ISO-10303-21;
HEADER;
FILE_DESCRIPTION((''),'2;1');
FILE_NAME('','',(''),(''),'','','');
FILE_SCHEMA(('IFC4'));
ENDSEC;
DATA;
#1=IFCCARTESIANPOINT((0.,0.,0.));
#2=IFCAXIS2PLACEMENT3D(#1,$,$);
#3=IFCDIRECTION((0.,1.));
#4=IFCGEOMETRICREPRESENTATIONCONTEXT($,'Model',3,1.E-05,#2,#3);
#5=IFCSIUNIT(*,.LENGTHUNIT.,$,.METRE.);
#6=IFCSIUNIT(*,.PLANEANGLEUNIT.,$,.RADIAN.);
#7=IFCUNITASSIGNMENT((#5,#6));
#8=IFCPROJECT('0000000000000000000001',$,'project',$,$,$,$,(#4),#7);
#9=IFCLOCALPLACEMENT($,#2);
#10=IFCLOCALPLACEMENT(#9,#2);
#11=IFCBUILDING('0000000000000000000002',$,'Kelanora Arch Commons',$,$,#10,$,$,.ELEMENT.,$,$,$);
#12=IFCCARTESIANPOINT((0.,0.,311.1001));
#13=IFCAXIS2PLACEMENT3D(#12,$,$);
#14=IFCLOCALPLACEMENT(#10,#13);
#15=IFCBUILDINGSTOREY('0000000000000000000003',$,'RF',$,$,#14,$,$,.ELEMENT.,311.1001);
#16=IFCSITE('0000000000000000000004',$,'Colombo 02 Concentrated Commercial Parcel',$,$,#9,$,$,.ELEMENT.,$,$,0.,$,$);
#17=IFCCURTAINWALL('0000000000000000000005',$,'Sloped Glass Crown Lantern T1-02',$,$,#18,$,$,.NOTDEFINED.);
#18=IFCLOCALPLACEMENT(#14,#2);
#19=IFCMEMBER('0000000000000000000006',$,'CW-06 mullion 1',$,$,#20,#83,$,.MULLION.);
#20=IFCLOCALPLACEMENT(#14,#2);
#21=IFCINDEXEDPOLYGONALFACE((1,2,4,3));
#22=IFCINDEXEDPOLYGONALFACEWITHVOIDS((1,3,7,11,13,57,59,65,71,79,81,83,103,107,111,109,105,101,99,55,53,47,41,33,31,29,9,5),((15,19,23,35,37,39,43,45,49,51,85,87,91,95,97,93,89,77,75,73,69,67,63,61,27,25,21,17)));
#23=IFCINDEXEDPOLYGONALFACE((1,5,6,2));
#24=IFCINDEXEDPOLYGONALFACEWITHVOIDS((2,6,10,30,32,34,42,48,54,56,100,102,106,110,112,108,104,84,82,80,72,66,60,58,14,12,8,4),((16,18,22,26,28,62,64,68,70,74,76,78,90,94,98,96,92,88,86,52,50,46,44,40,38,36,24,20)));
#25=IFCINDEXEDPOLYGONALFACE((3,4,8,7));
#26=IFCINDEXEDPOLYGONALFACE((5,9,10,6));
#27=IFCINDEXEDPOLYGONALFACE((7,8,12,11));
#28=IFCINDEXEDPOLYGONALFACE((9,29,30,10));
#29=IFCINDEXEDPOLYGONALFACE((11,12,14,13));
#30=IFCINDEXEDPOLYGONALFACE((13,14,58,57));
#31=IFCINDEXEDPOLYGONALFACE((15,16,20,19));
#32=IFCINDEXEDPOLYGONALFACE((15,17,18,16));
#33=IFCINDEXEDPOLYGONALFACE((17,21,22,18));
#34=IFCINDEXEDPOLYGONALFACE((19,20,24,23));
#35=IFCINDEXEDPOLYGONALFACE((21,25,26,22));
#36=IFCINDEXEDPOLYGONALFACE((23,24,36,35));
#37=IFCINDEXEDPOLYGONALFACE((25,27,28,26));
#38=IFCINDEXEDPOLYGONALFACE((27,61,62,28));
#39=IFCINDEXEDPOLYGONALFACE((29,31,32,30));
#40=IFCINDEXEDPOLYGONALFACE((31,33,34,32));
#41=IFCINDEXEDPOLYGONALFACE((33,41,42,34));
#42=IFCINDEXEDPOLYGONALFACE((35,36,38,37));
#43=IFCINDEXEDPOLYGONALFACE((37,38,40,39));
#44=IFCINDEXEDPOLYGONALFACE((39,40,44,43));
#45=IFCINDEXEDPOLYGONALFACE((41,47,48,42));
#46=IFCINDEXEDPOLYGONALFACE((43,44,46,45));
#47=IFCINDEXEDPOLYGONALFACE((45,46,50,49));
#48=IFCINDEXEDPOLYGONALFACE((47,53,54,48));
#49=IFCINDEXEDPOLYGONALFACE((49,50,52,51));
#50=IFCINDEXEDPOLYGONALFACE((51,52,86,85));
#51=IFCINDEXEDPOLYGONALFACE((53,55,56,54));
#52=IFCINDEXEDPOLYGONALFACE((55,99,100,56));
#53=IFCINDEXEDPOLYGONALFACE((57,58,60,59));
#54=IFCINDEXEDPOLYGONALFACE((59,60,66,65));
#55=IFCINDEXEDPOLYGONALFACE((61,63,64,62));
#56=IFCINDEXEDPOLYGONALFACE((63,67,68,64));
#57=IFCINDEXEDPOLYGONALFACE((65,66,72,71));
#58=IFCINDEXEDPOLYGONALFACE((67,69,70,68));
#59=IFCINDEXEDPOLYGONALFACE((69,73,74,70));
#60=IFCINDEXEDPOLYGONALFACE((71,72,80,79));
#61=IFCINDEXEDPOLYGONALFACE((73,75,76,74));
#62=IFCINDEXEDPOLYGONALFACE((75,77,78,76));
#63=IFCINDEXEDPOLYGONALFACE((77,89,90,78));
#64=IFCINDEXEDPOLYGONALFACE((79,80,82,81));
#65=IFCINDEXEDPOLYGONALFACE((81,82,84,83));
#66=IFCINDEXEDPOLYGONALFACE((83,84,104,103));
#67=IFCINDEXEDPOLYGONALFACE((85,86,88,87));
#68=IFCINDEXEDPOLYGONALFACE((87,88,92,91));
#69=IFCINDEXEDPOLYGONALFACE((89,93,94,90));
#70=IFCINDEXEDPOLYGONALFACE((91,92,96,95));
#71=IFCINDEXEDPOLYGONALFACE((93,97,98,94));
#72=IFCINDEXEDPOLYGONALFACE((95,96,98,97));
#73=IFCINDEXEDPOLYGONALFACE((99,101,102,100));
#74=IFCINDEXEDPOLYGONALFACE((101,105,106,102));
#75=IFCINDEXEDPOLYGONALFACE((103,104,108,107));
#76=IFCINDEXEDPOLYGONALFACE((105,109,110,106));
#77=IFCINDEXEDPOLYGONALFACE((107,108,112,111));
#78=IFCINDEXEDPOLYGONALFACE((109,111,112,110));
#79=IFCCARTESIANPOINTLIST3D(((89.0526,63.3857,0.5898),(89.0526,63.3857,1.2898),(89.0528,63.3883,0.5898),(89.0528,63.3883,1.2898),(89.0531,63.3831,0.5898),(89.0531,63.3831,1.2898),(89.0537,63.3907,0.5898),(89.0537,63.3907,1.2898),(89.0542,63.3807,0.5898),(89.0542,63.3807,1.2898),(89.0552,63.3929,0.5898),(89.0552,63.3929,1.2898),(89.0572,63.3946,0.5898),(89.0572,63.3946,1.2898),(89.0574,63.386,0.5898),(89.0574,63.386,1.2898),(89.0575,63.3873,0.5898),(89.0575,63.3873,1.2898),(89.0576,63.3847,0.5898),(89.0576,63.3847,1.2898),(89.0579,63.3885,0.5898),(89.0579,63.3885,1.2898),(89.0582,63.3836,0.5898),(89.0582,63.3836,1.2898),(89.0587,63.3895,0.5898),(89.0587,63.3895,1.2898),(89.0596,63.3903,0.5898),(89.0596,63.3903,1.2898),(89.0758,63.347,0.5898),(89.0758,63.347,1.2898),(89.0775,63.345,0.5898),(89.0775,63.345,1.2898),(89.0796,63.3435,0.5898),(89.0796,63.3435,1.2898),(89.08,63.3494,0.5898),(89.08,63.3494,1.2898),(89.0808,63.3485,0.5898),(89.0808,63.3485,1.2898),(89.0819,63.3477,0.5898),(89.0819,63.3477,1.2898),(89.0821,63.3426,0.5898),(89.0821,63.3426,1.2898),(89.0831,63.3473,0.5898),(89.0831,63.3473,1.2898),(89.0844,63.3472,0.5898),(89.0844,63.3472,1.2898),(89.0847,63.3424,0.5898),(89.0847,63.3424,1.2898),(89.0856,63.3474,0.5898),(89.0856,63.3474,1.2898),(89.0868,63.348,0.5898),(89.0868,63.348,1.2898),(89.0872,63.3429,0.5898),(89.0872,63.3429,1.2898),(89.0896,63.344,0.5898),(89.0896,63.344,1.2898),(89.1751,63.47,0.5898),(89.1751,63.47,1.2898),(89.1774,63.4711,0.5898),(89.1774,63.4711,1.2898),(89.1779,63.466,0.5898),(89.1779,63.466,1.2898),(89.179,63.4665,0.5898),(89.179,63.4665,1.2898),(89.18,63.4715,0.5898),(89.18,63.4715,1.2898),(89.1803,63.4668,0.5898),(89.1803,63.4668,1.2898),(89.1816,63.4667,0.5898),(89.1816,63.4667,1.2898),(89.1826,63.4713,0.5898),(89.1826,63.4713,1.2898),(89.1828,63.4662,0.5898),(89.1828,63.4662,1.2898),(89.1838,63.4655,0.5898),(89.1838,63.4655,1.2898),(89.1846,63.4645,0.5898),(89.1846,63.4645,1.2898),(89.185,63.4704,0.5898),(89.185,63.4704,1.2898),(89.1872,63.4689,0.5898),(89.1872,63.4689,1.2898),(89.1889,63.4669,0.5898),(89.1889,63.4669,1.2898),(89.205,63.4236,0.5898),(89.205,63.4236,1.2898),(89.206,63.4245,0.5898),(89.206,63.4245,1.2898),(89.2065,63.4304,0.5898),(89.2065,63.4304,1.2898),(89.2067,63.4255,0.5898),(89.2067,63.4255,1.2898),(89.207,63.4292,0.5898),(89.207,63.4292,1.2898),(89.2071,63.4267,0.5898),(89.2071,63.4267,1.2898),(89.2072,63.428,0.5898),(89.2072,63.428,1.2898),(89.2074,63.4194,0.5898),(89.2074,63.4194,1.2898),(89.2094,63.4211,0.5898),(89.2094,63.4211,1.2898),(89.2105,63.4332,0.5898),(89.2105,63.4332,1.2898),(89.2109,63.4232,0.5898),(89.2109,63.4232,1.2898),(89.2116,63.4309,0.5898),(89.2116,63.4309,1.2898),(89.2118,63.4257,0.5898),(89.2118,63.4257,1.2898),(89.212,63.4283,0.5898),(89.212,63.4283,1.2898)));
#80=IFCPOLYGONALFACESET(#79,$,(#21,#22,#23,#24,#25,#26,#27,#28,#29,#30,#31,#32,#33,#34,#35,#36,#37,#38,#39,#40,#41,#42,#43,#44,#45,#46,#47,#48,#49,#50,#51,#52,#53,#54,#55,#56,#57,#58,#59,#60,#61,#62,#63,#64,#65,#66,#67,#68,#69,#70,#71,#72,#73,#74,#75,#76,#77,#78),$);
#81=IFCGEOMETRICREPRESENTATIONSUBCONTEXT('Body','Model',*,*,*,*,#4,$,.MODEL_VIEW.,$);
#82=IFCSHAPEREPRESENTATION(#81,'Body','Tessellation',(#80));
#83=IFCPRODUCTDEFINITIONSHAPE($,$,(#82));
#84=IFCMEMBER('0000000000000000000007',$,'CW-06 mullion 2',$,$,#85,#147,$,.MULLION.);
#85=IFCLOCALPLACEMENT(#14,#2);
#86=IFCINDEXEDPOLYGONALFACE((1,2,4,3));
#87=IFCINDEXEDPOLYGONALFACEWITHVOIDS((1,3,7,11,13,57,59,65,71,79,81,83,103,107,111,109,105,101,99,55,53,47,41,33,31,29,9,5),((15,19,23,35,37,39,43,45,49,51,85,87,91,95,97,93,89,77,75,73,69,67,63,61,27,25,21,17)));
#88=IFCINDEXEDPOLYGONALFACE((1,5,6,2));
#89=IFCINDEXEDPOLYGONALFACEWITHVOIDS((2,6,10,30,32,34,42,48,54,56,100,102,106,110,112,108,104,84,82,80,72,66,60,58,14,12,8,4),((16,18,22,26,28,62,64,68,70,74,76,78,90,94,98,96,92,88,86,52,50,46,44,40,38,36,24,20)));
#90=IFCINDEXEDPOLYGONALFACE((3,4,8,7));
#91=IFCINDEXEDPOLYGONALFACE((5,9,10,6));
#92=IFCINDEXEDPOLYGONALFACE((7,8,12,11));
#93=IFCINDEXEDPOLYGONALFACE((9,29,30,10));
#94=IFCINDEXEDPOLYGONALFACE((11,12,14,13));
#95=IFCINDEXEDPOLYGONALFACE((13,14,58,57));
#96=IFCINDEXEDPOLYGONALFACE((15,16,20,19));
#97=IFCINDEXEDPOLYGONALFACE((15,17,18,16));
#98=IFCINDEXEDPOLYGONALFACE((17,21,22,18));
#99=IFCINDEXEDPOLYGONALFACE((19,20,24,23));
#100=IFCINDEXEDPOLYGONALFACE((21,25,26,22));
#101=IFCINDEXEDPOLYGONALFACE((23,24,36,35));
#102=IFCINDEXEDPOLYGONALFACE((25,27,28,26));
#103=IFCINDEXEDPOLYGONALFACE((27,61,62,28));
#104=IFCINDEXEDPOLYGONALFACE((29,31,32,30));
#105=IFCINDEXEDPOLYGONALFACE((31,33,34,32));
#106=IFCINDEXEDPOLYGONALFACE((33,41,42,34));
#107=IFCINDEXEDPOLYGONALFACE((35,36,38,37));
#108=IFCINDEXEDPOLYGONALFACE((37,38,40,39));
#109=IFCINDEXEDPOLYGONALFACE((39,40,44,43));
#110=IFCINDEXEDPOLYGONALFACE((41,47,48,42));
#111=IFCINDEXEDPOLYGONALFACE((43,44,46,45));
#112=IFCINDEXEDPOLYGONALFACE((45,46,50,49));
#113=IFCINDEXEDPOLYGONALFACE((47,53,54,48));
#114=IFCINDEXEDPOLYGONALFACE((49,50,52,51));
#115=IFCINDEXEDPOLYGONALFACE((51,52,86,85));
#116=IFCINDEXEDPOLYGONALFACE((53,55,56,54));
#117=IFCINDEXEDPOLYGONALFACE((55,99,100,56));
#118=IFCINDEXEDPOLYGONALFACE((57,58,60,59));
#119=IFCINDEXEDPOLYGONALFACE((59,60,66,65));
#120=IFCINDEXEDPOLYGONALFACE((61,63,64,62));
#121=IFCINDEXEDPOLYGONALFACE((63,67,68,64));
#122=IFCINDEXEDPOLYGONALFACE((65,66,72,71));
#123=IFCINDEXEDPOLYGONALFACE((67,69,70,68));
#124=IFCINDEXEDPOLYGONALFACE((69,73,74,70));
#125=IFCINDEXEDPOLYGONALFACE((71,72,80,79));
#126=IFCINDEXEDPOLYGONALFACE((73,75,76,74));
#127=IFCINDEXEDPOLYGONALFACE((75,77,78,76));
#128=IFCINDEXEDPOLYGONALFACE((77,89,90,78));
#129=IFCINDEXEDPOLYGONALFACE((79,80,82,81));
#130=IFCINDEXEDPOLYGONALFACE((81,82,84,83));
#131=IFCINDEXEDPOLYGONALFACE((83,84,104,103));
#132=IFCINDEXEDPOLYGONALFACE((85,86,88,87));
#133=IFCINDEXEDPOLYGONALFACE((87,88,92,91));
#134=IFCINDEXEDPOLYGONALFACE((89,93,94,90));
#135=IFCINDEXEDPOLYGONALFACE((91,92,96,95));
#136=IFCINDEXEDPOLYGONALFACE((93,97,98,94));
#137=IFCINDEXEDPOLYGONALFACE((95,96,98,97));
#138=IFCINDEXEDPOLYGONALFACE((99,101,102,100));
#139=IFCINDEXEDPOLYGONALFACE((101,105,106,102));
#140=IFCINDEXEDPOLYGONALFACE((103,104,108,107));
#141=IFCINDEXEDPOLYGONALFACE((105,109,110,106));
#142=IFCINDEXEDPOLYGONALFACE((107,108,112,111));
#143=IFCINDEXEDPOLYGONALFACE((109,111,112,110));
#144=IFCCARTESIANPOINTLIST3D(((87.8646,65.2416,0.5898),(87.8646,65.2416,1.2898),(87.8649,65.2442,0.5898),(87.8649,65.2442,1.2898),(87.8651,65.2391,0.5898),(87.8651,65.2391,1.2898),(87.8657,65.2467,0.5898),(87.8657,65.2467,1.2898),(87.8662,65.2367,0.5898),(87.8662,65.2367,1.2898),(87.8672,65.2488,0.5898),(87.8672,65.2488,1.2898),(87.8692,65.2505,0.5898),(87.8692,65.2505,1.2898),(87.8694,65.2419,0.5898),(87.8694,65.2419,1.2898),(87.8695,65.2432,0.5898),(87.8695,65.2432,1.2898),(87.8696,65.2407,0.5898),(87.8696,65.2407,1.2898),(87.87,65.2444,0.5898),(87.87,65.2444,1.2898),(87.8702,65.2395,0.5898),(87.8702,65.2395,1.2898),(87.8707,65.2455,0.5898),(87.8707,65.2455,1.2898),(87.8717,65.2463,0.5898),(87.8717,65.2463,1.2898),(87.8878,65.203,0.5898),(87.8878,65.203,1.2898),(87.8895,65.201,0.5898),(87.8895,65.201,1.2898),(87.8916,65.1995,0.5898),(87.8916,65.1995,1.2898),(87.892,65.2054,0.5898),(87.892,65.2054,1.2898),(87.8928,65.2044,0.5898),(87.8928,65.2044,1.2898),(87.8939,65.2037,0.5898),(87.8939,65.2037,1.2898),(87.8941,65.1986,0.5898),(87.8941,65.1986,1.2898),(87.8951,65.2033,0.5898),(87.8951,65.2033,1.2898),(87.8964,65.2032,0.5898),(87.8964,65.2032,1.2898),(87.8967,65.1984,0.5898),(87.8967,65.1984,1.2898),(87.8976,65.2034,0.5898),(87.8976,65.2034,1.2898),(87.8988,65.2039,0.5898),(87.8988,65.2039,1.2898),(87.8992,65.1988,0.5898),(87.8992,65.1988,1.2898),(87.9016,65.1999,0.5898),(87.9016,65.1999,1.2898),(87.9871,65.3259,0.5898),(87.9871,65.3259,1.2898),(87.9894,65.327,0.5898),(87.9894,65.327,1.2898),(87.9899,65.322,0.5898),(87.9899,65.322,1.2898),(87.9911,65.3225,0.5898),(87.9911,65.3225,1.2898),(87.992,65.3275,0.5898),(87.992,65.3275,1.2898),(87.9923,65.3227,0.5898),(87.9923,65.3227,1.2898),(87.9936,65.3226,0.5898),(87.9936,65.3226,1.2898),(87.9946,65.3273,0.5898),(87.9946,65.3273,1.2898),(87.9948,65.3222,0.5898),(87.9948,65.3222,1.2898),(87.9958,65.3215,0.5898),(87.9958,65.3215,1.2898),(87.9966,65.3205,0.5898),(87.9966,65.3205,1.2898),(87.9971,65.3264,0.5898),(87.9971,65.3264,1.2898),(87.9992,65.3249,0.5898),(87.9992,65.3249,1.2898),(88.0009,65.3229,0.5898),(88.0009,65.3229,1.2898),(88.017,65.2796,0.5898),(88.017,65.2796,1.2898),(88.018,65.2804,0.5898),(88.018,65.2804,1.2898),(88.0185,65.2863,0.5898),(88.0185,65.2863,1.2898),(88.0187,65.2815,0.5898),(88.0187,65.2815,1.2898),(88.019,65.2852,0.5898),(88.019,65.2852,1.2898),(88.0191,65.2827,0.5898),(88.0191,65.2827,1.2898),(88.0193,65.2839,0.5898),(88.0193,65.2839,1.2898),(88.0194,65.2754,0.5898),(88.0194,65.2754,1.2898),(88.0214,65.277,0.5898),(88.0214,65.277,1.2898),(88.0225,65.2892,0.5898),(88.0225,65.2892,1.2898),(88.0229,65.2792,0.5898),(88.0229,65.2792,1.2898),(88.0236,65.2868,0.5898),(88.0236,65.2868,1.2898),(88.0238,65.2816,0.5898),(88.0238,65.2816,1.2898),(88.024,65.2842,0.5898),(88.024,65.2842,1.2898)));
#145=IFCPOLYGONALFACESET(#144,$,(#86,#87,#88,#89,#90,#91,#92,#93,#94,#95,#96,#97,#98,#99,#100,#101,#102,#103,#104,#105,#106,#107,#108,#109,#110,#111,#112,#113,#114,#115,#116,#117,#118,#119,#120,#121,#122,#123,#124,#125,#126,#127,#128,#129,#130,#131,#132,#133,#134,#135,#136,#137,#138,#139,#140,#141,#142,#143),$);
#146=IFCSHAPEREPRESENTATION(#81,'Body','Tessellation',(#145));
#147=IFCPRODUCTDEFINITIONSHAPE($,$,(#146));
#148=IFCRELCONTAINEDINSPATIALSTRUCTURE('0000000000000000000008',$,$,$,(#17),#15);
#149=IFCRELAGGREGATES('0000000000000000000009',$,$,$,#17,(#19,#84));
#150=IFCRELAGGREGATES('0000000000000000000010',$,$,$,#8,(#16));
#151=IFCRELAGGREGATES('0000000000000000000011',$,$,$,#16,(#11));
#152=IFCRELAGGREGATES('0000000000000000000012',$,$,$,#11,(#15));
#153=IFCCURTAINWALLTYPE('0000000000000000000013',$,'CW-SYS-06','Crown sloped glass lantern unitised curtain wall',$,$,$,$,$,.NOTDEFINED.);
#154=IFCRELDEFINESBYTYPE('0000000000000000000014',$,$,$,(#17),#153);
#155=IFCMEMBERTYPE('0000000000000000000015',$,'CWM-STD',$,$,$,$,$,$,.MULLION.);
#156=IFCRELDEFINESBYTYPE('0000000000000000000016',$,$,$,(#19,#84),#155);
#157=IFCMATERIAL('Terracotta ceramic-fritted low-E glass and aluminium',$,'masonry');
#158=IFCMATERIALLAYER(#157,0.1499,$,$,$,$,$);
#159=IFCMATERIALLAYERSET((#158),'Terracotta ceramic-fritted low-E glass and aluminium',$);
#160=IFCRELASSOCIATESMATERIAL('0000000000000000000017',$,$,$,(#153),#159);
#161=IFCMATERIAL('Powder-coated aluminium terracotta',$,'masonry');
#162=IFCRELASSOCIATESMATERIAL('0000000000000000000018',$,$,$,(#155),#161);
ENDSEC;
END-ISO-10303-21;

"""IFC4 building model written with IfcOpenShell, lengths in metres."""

from ifc_helpers import new_model, si_unit, direction, frame, origin, origin_2d, place, context, subcontext, project, spatial, hollow_rectangle, extrude, material, layer, layer_set, material_profile, profile_set, type_object, element, aggregate, save


model = new_model("IFC4")

# Units and contexts
model_context = context("Model", 3, precision=1e-05, world=origin(), true_north=direction((0.0, 1.0)))
body_context = subcontext(model_context, "Body", "Model", "MODEL_VIEW")
ifc_project = project(units=[si_unit("LENGTHUNIT", "METRE"), si_unit("PLANEANGLEUNIT", "RADIAN")], contexts=[model_context])

# Site, building, storey
site_placement = place(None, origin())
site = spatial("IfcSite", under=ifc_project, at=site_placement, Name="Colombo 02 Concentrated Commercial Parcel", CompositionType="ELEMENT", RefElevation=0.0)
building_placement = place(site_placement, origin())
building = spatial("IfcBuilding", under=site, at=building_placement, Name="Kelanora Arch Commons", CompositionType="ELEMENT")
storey_placement = place(building_placement, frame((0.0, 0.0, 311.1001)))
storey = spatial("IfcBuildingStorey", under=building, at=storey_placement, Name="RF", CompositionType="ELEMENT", Elevation=311.1001)

# Curtain wall, members
ifc_material_1 = material(Name="Terracotta ceramic-fritted low-E glass and aluminium", Category="masonry")
ifc_layer_1 = layer(ifc_material_1, 0.1499)
ifc_layer_set_1 = layer_set([ifc_layer_1], Name="Terracotta ceramic-fritted low-E glass and aluminium")
curtain_wall_type = type_object("IfcCurtainWallType", Name="CW-SYS-06", Description="Crown sloped glass lantern unitised curtain wall", PredefinedType="NOTDEFINED", material=ifc_layer_set_1)
ifc_material_2 = material(Name="Powder-coated aluminium terracotta", Category="masonry")
ifc_material_profile_1 = material_profile(ifc_material_2, hollow_rectangle(XDim=0.1599, YDim=0.0601, WallThickness=0.0049, InnerFilletRadius=0.0049, OuterFilletRadius=0.01, at=origin_2d()), Name="CWM160x60")
ifc_profile_set_1 = profile_set([ifc_material_profile_1], Name="Powder-coated aluminium terracotta")
member_type_1 = type_object("IfcMemberType", Name="CWM-STD", PredefinedType="MULLION", material=ifc_profile_set_1)
curtain_wall_1_placement = place(storey_placement, origin())
curtain_wall_1 = element("IfcCurtainWall", 1, at=curtain_wall_1_placement, inside=storey, type_object=curtain_wall_type, Name="Sloped Glass Crown Lantern T1-02", PredefinedType="NOTDEFINED")
member_1_placement = place(storey_placement, frame((89.1323, 63.407, 0.5898), z_axis=(0.0, 0.0, 1.0), x_axis=(-0.842271, -0.539054, 0.0)))
member_1 = element("IfcMember", 2, at=member_1_placement, type_object=member_type_1, Name="CW-06 mullion 1", PredefinedType="MULLION", context=body_context, shape_type="SweptSolid", body=[
    extrude(hollow_rectangle(XDim=0.1599, YDim=0.0601, WallThickness=0.0049, InnerFilletRadius=0.0049, OuterFilletRadius=0.01, at=origin_2d()), origin(), (0.0, 0.0, 1.0), 0.7),
])
member_2_placement = place(storey_placement, frame((87.9443, 65.2629, 0.5898), z_axis=(0.0, 0.0, 1.0), x_axis=(-0.842271, -0.539054, 0.0)))
member_2 = element("IfcMember", 3, at=member_2_placement, type_object=member_type_1, Name="CW-06 mullion 2", PredefinedType="MULLION", context=body_context, shape_type="SweptSolid", body=[
    extrude(hollow_rectangle(XDim=0.1599, YDim=0.0601, WallThickness=0.0049, InnerFilletRadius=0.0049, OuterFilletRadius=0.01, at=origin_2d()), origin(), (0.0, 0.0, 1.0), 0.7),
])

aggregate(curtain_wall_1, [member_1, member_2])

save(model, "model.ifc")
